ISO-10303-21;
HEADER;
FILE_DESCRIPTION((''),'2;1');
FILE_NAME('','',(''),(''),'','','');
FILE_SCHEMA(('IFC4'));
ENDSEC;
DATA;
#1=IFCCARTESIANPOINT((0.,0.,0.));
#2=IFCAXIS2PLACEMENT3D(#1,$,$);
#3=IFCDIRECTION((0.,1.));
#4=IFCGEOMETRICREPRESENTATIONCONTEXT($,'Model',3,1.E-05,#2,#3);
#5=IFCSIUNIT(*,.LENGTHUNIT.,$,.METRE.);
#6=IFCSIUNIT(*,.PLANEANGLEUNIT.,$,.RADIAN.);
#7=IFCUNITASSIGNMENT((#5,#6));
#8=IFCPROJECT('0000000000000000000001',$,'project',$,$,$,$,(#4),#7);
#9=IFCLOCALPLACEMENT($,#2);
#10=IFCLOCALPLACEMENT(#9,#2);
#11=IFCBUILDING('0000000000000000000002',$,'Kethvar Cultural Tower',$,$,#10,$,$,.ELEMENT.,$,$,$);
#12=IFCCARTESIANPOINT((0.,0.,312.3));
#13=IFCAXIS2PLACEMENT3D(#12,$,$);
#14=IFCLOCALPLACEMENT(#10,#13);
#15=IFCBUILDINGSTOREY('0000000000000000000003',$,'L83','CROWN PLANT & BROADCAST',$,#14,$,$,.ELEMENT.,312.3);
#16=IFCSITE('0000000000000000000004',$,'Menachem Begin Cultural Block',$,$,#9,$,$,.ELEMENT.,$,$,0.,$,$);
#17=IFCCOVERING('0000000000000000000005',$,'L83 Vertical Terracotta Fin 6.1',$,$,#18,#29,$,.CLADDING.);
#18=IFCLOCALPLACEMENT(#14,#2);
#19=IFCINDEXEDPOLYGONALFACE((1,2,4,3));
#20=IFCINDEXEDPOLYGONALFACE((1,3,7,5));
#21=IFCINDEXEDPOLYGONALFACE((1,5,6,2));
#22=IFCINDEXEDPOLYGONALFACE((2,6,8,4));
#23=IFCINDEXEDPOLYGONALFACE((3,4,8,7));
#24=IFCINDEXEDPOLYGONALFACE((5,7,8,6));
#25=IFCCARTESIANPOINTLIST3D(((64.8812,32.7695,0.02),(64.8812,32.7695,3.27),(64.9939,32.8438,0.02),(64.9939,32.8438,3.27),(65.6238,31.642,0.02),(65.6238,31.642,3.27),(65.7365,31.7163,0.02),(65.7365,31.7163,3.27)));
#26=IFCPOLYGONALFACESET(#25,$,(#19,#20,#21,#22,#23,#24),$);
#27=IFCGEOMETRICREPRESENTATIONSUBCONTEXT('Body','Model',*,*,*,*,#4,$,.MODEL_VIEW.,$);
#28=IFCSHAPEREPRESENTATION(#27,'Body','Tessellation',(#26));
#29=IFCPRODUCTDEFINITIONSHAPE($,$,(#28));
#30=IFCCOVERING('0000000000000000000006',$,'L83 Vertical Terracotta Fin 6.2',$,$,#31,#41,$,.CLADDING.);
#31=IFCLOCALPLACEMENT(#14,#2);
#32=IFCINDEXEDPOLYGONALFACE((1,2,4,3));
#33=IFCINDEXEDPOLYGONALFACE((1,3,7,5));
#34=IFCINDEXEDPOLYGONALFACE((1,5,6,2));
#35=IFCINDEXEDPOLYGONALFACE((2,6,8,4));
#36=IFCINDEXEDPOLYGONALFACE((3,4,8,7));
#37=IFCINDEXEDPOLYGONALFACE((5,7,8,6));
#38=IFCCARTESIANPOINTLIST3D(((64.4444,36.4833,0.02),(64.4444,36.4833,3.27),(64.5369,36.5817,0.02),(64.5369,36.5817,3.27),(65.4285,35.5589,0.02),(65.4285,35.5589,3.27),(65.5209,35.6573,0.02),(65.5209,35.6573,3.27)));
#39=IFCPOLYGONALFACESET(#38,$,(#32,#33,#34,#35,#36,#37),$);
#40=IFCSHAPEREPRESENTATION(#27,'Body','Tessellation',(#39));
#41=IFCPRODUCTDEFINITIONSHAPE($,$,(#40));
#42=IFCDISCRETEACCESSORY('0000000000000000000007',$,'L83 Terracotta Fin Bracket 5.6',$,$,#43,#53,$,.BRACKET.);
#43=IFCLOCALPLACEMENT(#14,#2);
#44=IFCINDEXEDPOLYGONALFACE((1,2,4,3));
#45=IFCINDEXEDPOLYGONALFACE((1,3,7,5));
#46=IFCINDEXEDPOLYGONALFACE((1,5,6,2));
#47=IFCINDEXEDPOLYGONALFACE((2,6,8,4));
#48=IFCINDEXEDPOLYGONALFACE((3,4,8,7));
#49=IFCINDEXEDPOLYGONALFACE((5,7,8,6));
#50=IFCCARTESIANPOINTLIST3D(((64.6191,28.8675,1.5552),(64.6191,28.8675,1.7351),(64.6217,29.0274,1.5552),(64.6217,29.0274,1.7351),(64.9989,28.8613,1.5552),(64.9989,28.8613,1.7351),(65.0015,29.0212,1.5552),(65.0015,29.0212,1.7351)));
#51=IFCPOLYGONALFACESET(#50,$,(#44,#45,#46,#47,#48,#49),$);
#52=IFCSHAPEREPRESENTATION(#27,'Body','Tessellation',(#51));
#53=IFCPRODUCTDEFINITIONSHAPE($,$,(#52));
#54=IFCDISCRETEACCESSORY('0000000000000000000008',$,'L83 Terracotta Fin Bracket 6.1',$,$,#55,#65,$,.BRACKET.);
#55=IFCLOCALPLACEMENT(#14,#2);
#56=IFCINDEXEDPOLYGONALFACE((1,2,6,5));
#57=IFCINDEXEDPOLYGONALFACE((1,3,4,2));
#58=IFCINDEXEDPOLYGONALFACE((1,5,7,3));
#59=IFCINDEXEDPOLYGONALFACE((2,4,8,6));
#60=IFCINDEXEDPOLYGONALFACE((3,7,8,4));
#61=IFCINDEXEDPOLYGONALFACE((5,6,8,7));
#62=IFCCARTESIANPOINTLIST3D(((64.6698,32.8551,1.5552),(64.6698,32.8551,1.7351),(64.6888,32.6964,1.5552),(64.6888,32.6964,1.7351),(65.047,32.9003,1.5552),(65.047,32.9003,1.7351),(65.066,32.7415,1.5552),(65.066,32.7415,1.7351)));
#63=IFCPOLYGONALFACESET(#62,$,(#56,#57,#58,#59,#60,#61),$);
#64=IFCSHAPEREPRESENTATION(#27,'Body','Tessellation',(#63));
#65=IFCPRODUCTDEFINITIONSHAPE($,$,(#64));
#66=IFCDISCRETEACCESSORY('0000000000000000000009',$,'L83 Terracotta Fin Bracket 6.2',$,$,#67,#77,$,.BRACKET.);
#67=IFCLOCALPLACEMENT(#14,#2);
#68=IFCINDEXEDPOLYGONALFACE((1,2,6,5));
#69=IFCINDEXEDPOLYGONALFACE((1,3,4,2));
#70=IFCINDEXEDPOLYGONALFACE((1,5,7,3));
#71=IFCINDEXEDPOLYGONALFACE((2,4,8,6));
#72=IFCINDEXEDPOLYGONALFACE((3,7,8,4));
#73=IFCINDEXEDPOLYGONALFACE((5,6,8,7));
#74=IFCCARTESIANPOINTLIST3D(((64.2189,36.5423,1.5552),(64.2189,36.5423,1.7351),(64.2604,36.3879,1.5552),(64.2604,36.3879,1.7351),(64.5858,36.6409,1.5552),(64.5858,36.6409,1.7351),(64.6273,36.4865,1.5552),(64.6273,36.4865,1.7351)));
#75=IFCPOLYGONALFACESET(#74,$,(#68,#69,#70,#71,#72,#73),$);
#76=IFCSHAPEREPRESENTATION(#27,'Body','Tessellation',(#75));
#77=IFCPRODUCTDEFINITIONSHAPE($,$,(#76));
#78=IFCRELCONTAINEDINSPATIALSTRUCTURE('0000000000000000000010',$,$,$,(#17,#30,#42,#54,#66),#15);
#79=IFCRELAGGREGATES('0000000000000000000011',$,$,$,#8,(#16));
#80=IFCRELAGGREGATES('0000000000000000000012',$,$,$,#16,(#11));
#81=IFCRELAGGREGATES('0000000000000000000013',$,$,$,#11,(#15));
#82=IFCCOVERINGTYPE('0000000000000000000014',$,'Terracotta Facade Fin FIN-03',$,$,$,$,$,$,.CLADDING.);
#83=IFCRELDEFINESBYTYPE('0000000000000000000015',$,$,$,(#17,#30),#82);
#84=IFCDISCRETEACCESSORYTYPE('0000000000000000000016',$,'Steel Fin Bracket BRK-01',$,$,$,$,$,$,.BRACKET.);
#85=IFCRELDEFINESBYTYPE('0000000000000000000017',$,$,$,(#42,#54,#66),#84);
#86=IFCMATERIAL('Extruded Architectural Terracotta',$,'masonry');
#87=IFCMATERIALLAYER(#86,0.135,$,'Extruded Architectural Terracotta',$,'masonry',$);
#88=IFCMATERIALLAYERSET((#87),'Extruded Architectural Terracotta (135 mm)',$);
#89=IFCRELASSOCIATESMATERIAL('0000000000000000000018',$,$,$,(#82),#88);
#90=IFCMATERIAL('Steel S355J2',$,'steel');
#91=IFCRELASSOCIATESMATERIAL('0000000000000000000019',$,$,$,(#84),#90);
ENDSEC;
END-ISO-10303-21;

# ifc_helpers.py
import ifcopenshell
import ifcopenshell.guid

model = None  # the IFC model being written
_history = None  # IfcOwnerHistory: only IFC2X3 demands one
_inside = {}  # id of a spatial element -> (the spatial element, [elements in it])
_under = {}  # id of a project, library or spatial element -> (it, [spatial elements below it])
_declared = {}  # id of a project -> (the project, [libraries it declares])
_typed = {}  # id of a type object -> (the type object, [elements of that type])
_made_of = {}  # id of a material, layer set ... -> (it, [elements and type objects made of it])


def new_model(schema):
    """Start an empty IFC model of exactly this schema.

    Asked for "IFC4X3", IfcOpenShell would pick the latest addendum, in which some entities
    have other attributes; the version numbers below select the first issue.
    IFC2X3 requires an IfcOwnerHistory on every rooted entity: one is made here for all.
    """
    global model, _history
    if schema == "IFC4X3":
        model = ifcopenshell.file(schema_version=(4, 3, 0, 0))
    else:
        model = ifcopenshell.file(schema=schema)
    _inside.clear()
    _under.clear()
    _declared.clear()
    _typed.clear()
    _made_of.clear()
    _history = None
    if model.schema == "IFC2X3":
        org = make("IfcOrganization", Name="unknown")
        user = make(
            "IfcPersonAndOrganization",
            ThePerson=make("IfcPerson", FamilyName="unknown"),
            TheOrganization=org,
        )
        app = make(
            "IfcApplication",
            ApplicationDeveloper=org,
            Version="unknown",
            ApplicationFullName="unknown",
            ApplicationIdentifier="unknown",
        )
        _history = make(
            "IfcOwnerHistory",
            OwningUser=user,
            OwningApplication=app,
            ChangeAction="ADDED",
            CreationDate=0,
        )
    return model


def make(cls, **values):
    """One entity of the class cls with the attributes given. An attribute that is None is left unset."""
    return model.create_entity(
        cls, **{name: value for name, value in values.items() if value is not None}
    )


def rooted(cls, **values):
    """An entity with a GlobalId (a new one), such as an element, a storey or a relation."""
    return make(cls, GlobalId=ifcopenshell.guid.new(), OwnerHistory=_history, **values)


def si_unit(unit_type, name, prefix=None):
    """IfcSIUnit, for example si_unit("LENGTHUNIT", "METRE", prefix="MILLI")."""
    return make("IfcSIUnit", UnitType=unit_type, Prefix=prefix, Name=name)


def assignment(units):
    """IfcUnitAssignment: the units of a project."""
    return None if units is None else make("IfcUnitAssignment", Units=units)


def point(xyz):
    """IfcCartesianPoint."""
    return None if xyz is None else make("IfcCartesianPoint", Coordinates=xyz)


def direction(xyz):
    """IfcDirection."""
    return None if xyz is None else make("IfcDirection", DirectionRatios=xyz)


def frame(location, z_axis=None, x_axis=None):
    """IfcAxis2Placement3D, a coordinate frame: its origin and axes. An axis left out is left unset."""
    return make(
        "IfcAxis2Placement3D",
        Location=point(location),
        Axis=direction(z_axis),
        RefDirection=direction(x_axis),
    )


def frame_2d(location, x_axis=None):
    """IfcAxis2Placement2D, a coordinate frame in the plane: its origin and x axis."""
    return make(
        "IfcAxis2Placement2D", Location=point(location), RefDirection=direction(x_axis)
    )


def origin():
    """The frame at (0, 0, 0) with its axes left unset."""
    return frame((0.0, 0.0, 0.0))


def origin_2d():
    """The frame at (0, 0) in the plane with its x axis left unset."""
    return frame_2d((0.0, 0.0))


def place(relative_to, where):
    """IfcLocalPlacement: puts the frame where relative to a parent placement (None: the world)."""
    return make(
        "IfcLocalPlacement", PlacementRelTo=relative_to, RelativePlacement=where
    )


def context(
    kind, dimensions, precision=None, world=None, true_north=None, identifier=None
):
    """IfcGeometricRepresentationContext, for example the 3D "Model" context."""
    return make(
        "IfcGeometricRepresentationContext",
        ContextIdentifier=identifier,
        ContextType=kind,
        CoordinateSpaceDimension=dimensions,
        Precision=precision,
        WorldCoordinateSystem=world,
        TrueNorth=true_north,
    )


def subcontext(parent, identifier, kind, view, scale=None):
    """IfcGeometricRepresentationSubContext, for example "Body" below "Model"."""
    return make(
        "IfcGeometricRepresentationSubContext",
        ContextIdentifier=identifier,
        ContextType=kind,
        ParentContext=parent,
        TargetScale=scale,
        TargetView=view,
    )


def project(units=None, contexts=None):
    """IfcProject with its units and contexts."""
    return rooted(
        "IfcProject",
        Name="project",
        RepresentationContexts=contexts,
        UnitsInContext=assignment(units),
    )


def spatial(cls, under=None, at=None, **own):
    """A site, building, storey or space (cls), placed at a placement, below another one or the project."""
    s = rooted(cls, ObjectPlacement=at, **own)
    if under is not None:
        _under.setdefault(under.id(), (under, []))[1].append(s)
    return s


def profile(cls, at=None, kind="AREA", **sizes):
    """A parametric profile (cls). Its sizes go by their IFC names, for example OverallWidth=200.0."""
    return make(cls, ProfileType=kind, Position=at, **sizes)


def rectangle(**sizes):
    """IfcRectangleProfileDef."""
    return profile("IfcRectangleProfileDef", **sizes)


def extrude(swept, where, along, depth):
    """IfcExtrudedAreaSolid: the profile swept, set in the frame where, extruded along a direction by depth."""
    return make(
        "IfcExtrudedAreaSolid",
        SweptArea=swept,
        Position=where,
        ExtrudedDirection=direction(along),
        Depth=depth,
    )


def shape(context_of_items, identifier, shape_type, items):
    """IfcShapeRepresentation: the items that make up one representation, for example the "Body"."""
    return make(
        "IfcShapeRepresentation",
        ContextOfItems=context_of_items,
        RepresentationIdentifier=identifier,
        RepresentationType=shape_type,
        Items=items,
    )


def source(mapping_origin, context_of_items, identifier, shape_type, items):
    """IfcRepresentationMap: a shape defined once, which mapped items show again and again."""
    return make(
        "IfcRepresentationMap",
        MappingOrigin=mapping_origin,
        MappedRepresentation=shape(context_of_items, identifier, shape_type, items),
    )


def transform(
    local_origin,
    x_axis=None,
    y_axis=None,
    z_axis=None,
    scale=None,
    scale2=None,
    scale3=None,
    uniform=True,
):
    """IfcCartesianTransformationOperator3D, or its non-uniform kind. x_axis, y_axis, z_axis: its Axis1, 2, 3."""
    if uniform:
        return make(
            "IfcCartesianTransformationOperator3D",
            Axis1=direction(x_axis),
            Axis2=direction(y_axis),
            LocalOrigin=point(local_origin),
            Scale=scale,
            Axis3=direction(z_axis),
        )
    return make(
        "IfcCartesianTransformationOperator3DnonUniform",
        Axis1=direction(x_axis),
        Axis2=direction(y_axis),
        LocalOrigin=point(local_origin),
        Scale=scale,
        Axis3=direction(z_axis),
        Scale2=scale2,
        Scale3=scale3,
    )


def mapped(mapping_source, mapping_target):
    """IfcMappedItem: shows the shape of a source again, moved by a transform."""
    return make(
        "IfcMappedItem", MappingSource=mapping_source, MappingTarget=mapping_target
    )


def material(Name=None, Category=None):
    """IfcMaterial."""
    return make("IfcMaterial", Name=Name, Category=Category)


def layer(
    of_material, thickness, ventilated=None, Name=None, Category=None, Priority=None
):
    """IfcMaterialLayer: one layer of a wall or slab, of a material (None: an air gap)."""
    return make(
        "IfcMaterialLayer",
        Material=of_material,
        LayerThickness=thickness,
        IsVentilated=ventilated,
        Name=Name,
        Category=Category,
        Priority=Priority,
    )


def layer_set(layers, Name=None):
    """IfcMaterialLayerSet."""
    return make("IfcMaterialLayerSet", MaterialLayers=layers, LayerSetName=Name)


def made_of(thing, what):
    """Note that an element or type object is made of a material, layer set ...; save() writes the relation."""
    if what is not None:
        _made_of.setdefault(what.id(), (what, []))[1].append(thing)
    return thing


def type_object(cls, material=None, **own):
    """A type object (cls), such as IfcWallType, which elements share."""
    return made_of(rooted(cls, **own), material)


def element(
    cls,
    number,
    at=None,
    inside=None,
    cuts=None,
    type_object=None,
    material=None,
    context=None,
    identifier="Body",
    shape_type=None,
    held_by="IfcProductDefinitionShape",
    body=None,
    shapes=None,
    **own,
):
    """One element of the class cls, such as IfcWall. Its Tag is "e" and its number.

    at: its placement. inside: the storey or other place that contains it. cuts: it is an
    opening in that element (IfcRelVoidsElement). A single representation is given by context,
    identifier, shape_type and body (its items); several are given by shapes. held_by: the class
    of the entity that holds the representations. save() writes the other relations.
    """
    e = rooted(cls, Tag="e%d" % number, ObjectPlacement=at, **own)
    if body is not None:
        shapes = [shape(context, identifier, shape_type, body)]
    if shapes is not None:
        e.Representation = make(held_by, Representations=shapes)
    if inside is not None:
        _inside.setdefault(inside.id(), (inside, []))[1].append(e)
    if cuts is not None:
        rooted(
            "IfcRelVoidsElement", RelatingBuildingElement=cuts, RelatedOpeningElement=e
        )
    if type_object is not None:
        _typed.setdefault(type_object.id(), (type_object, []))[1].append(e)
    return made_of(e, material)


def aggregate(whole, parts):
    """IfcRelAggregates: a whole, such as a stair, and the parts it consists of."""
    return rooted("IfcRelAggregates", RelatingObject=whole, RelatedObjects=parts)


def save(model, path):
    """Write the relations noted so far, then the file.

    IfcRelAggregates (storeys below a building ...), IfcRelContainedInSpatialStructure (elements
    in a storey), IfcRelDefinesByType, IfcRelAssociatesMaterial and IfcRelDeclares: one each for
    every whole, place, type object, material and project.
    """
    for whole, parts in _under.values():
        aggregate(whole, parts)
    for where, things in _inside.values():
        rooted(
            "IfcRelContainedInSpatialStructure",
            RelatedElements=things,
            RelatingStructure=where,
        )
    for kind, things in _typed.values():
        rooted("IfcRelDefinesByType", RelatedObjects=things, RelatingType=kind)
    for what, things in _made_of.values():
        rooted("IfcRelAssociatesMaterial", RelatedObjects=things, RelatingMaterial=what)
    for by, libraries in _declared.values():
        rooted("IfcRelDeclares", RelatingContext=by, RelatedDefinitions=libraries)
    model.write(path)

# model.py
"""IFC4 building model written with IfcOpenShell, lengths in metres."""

from ifc_helpers import new_model, si_unit, direction, frame, origin, origin_2d, place, context, subcontext, project, spatial, rectangle, extrude, source, transform, mapped, material, layer, layer_set, type_object, element, save


model = new_model("IFC4")

# Units and contexts
model_context = context("Model", 3, precision=1e-05, world=origin(), true_north=direction((0.0, 1.0)))
body_context = subcontext(model_context, "Body", "Model", "MODEL_VIEW")
ifc_project = project(units=[si_unit("LENGTHUNIT", "METRE"), si_unit("PLANEANGLEUNIT", "RADIAN")], contexts=[model_context])

# Site, building, storey
site_placement = place(None, origin())
site = spatial("IfcSite", under=ifc_project, at=site_placement, Name="Menachem Begin Cultural Block", CompositionType="ELEMENT", RefElevation=0.0)
building_placement = place(site_placement, origin())
building = spatial("IfcBuilding", under=site, at=building_placement, Name="Kethvar Cultural Tower", CompositionType="ELEMENT")
storey_placement = place(building_placement, frame((0.0, 0.0, 312.3)))
storey = spatial("IfcBuildingStorey", under=building, at=storey_placement, Name="L83", Description="CROWN PLANT & BROADCAST", CompositionType="ELEMENT", Elevation=312.3)

# Shared definitions
ifc_material_1 = material(Name="Steel S355J2", Category="steel")

# Coverings
ifc_material_2 = material(Name="Extruded Architectural Terracotta", Category="masonry")
ifc_layer_1 = layer(ifc_material_2, 0.135, Name="Extruded Architectural Terracotta", Category="masonry")
ifc_layer_set_1 = layer_set([ifc_layer_1], Name="Extruded Architectural Terracotta (135 mm)")
covering_type = type_object("IfcCoveringType", Name="Terracotta Facade Fin FIN-03", PredefinedType="CLADDING", material=ifc_layer_set_1)
shared_shape_1 = source(origin(), body_context, "Body", "SweptSolid", [
    extrude(rectangle(XDim=1.3501, YDim=0.135, at=origin_2d()), origin(), (0.0, 0.0, 1.0), 3.25),
])
for number, where, z_axis, x_axis, name in (
    (1, (65.3088, 32.2429, 0.02), (0.0, 0.0, 1.0), (0.550044, -0.835136, 0.0), "L83 Vertical Terracotta Fin 6.1"),
    (2, (64.9827, 36.0703, 0.02), (0.0, 0.0, 1.0), (0.728849, -0.684674, 0.0), "L83 Vertical Terracotta Fin 6.2"),
):
    element("IfcCovering", number, at=place(storey_placement, frame(where, z_axis=z_axis, x_axis=x_axis)), inside=storey, type_object=covering_type, Name=name, PredefinedType="CLADDING", context=body_context, shape_type="MappedRepresentation", body=[
        mapped(shared_shape_1, transform((0.0, 0.0, 0.0), scale=1.0)),
    ])

# Discrete accessories
discrete_accessory_type = type_object("IfcDiscreteAccessoryType", Name="Steel Fin Bracket BRK-01", PredefinedType="BRACKET", material=ifc_material_1)
shared_shape_2 = source(origin(), body_context, "Body", "SweptSolid", [
    extrude(rectangle(XDim=0.3799, YDim=0.1599, at=origin_2d()), origin(), (0.0, 0.0, 1.0), 0.1799),
])
for number, where, z_axis, x_axis, name in (
    (3, (64.8103, 28.9443, 1.5552), (0.0, 0.0, 1.0), (0.999865, -0.016405, 0.0), "L83 Terracotta Fin Bracket 5.6"),
    (4, (64.8679, 32.7983, 1.5552), (0.0, 0.0, 1.0), (0.992903, 0.118924, 0.0), "L83 Terracotta Fin Bracket 6.1"),
    (5, (64.4231, 36.5144, 1.5552), (0.0, 0.0, 1.0), (0.9657, 0.259662, 0.0), "L83 Terracotta Fin Bracket 6.2"),
):
    element("IfcDiscreteAccessory", number, at=place(storey_placement, frame(where, z_axis=z_axis, x_axis=x_axis)), inside=storey, type_object=discrete_accessory_type, Name=name, PredefinedType="BRACKET", context=body_context, shape_type="MappedRepresentation", body=[
        mapped(shared_shape_2, transform((0.0, 0.0, 0.0), scale=1.0)),
    ])

save(model, "model.ifc")
